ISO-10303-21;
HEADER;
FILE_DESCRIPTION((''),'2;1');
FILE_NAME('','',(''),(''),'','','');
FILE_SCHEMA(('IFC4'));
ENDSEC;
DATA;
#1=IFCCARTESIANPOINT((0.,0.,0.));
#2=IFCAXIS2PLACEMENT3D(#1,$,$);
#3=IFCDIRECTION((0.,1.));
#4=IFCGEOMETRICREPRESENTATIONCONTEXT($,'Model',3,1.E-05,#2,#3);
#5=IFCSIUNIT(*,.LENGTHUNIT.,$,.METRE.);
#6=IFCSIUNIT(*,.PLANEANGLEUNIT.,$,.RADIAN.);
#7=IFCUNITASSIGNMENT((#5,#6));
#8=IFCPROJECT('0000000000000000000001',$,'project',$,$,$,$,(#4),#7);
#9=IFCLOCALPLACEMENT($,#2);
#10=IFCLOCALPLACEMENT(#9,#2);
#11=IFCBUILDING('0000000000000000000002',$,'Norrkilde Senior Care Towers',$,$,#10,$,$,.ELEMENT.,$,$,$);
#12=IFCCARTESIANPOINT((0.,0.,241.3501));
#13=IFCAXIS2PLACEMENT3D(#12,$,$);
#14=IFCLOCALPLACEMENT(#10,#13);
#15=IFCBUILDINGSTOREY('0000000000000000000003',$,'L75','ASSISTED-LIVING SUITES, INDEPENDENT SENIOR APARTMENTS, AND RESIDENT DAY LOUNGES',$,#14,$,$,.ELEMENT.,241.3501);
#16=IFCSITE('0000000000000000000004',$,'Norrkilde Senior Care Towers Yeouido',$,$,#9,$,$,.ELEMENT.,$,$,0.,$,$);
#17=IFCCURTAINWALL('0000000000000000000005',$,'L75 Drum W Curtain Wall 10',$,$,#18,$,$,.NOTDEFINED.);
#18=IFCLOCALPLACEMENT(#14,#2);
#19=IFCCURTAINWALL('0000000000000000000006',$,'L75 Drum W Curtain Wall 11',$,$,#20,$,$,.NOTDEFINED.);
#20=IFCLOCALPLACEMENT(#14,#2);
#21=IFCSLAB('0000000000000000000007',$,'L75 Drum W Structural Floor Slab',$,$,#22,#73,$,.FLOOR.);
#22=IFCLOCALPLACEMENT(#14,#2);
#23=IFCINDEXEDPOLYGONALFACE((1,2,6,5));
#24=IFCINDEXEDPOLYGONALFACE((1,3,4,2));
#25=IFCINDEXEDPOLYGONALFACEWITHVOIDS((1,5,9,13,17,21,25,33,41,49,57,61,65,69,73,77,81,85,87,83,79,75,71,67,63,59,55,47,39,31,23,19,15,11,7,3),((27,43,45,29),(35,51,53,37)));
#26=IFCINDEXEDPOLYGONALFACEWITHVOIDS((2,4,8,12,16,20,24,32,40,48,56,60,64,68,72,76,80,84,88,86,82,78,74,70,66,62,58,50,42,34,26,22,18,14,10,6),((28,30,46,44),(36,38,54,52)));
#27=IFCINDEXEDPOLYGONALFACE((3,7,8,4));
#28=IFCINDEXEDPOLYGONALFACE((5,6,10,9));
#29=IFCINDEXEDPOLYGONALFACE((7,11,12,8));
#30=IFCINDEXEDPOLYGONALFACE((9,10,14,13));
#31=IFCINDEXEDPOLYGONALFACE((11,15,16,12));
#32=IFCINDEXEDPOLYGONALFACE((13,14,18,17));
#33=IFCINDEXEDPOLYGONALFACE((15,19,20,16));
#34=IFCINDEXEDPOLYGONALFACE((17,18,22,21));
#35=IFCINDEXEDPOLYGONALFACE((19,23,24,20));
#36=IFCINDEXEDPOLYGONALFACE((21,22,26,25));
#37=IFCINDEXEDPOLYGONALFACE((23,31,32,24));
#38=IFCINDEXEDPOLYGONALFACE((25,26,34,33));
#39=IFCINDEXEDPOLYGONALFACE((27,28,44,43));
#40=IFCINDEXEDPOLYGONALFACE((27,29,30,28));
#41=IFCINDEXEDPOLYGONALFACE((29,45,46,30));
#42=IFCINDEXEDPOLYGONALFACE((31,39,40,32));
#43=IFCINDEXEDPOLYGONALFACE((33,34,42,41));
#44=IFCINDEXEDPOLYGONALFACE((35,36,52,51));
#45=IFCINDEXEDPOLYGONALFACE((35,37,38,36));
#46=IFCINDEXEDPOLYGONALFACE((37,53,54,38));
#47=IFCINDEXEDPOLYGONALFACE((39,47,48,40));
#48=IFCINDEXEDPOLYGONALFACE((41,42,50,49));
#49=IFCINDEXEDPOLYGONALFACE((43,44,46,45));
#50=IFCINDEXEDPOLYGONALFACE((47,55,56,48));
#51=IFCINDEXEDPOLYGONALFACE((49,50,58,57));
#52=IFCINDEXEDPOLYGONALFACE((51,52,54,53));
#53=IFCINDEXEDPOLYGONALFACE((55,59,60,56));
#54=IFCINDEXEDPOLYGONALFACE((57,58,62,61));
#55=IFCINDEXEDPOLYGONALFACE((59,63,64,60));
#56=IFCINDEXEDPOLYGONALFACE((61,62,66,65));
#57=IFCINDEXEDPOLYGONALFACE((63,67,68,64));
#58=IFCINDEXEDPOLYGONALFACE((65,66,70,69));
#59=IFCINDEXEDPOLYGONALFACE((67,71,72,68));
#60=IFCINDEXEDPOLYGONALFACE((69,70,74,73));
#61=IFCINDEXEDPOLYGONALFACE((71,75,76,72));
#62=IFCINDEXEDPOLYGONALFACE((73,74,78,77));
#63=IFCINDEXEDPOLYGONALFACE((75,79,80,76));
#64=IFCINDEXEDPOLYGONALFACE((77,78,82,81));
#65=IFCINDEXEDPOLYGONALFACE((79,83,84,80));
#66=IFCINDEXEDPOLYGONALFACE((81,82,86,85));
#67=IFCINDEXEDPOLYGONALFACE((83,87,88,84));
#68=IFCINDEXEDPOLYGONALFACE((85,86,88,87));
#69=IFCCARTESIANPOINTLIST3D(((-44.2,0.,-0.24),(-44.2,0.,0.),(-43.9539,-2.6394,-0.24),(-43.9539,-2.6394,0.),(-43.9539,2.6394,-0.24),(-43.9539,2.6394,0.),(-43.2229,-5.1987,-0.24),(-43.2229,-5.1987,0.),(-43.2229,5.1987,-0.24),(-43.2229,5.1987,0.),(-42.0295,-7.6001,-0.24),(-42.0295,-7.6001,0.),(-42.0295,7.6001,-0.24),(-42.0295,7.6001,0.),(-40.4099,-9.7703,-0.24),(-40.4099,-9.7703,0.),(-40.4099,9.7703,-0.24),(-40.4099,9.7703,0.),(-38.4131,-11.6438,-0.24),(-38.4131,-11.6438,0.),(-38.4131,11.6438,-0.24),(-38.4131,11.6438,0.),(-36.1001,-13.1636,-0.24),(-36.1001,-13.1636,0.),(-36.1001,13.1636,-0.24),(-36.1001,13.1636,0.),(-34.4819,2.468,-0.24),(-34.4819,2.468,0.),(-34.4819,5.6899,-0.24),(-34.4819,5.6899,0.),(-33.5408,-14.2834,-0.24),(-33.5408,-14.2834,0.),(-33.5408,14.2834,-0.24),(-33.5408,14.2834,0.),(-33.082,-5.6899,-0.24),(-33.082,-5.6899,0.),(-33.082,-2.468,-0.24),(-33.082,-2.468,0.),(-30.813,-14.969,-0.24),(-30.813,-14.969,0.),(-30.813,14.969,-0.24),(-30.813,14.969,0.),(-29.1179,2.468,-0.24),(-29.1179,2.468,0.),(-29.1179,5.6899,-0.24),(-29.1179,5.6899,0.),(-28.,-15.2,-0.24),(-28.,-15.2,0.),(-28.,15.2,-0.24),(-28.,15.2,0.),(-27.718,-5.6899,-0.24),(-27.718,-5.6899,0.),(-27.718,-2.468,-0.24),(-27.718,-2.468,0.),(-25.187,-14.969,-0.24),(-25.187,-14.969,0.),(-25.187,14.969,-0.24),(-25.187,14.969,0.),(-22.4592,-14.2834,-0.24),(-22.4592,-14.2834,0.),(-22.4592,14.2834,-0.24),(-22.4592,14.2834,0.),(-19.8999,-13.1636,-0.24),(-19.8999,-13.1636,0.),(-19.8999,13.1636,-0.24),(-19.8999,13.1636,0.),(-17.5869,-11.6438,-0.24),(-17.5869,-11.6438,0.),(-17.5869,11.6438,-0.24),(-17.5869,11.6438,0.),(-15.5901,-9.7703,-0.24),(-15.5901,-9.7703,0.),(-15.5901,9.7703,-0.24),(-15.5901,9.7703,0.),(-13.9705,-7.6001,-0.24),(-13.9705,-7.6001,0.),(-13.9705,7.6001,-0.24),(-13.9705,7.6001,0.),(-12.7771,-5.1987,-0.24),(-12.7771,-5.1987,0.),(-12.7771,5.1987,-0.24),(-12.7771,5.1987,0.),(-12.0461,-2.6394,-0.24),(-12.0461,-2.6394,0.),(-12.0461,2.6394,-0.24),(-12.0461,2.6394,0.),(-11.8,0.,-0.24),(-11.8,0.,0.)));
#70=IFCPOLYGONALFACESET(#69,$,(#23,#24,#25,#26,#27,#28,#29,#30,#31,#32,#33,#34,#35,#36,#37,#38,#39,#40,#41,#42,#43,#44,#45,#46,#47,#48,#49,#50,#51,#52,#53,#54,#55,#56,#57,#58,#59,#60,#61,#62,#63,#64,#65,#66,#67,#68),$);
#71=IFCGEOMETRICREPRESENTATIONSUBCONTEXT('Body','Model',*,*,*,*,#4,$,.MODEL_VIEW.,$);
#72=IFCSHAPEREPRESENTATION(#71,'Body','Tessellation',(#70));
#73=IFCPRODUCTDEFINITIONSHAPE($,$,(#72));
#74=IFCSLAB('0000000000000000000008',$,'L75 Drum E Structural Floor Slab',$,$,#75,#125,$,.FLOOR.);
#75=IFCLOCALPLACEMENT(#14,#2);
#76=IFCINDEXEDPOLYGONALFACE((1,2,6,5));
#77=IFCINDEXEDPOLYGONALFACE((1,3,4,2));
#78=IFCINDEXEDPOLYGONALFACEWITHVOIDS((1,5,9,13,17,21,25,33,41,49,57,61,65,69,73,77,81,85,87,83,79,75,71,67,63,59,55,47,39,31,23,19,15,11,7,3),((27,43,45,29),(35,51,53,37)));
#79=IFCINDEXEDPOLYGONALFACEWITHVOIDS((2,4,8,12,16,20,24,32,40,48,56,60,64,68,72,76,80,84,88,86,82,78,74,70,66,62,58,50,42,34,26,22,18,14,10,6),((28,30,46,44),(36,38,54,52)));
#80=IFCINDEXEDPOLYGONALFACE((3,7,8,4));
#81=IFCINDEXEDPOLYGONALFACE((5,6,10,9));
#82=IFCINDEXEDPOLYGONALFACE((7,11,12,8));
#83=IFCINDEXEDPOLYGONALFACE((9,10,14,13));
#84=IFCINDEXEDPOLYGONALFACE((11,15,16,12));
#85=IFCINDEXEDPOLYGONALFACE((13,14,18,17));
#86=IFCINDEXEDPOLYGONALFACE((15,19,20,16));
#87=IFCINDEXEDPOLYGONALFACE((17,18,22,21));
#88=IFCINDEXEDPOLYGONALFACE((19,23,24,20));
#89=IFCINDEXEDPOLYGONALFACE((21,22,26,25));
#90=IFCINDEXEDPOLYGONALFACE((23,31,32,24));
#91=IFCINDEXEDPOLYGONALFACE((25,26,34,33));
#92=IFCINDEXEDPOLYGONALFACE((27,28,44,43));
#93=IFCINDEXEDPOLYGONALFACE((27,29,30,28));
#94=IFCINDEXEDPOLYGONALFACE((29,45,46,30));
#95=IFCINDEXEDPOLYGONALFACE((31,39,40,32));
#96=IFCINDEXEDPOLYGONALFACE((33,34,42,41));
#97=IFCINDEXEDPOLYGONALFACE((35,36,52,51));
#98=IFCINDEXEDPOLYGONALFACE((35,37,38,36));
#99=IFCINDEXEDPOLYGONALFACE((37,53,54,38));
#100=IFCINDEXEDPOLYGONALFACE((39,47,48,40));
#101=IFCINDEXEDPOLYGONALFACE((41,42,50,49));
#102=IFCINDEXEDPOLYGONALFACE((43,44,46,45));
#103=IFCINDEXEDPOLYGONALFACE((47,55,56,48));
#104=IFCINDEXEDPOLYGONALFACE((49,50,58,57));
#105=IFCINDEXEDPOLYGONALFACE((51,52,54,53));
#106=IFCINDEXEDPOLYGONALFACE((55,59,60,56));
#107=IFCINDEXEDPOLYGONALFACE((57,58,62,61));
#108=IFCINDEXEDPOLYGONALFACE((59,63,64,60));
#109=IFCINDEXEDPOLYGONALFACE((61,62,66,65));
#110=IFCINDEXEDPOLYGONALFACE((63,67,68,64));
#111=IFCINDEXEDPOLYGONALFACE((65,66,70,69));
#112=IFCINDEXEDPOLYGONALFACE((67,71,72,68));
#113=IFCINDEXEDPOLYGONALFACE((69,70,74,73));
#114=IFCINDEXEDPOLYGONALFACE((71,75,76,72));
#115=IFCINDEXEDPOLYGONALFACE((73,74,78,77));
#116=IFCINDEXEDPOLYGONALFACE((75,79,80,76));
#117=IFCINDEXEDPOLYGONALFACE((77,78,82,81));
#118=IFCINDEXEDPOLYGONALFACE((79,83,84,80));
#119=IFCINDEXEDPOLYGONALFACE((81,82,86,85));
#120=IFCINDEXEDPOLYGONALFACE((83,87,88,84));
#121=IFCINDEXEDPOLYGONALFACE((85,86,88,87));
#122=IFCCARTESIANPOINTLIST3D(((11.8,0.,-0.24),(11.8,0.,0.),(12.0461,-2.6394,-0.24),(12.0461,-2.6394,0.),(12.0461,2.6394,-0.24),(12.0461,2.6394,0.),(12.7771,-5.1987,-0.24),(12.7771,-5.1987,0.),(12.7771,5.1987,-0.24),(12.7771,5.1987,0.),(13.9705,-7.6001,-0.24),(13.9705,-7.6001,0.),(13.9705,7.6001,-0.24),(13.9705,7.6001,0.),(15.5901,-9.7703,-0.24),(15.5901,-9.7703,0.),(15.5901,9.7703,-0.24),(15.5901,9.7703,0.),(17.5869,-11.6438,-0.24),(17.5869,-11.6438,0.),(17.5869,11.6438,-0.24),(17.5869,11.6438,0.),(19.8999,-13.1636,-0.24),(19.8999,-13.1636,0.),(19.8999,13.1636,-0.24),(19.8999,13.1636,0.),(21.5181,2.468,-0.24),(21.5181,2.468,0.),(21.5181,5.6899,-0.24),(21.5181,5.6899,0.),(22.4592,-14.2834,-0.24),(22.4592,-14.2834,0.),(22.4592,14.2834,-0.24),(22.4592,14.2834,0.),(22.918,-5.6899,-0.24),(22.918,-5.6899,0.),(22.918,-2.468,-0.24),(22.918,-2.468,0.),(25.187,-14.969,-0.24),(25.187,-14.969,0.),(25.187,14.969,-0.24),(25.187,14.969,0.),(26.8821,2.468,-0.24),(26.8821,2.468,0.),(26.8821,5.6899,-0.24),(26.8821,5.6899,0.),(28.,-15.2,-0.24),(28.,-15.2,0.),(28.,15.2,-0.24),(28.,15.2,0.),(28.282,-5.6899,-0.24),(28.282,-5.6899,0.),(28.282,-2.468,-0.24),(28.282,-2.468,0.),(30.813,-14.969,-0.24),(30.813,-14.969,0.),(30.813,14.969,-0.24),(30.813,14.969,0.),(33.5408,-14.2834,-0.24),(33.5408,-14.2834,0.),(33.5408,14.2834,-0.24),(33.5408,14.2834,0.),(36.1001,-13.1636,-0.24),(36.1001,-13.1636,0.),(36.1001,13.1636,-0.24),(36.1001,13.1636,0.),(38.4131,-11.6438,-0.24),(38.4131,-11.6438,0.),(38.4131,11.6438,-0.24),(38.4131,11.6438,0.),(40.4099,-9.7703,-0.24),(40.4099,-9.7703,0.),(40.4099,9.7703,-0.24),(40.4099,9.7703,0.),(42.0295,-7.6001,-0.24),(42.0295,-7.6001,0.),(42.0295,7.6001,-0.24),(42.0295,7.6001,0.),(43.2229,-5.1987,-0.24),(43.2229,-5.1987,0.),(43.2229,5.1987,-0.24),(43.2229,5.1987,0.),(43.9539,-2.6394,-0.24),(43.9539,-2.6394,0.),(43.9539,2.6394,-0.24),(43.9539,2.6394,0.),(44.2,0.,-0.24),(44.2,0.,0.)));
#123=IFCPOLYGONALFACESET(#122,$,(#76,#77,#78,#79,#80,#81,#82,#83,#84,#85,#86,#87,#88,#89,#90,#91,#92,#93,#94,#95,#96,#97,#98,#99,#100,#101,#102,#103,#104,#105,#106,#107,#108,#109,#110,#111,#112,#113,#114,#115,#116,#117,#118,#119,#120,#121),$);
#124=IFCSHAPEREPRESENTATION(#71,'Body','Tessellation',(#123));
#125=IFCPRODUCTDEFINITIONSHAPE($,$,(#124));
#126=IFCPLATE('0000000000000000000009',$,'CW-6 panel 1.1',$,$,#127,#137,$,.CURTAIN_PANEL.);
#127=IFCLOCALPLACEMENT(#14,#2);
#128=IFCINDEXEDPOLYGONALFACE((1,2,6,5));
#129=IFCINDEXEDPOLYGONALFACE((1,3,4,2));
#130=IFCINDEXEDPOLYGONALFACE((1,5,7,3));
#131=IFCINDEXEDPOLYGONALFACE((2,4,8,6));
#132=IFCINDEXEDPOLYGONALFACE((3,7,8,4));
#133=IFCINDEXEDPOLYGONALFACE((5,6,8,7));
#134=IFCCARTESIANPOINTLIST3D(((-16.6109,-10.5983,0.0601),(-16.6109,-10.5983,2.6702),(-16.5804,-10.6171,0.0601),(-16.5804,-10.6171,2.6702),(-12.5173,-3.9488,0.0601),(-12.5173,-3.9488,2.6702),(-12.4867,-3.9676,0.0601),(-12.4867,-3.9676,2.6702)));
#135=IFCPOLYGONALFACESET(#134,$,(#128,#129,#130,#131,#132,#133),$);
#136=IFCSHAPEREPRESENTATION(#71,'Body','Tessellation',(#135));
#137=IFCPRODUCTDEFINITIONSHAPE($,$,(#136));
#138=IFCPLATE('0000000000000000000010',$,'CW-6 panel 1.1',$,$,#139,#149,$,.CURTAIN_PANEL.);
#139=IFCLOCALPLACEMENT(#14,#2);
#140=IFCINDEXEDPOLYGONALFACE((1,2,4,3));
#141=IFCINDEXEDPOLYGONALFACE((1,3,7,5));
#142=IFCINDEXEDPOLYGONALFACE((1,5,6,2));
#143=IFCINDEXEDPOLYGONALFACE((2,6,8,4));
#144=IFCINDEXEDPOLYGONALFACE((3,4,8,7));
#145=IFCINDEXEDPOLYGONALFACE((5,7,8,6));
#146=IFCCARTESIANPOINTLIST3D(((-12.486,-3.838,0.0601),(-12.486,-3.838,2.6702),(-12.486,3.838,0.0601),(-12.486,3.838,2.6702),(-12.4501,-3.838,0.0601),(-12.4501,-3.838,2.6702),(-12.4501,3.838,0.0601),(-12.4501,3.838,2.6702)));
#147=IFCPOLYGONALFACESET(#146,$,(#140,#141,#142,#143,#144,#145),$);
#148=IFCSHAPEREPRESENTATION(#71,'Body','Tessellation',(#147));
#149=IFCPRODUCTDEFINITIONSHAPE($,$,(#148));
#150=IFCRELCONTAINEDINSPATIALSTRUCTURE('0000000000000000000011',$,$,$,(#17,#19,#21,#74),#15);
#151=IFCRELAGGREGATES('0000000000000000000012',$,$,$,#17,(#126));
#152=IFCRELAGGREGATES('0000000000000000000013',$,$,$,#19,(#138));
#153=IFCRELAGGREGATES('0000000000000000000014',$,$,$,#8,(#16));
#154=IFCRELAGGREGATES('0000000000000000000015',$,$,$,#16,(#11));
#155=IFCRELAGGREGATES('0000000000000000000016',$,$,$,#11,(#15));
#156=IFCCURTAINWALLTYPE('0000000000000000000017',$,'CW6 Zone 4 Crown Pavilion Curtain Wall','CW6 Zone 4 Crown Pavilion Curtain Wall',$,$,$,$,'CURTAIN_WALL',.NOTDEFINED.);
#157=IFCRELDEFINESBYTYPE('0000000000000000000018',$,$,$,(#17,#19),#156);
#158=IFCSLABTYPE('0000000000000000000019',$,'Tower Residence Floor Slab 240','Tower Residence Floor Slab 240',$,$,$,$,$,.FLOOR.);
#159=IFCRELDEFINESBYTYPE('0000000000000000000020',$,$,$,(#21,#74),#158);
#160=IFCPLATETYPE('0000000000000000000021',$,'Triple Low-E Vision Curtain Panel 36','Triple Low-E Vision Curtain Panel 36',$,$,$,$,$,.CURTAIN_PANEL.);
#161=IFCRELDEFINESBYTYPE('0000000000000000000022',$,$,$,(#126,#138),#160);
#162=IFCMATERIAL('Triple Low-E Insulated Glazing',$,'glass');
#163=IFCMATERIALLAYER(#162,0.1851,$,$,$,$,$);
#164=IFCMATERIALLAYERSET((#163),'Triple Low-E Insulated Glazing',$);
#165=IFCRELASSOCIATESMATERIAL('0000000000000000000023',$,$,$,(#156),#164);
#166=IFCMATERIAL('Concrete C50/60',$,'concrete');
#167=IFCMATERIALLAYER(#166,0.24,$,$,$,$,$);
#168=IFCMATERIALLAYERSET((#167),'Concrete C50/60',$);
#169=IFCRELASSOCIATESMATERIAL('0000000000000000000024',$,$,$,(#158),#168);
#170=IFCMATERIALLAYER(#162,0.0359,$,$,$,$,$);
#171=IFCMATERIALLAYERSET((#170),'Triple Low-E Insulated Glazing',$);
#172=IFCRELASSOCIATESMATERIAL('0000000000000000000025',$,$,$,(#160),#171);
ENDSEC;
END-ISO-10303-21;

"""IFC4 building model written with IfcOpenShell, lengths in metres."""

from ifc_helpers import new_model, si_unit, direction, frame, origin, origin_2d, place, context, subcontext, project, spatial, polyline, rectangle, outline, extrude, source, transform, mapped, material, layer, layer_set, type_object, type_shapes, element, aggregate, save


model = new_model("IFC4")

# Units and contexts
model_context = context("Model", 3, precision=1e-05, world=origin(), true_north=direction((0.0, 1.0)))
body_context = subcontext(model_context, "Body", "Model", "MODEL_VIEW")
ifc_project = project(units=[si_unit("LENGTHUNIT", "METRE"), si_unit("PLANEANGLEUNIT", "RADIAN")], contexts=[model_context])

# Site, building, storey
site_placement = place(None, origin())
site = spatial("IfcSite", under=ifc_project, at=site_placement, Name="Norrkilde Senior Care Towers Yeouido", CompositionType="ELEMENT", RefElevation=0.0)
building_placement = place(site_placement, origin())
building = spatial("IfcBuilding", under=site, at=building_placement, Name="Norrkilde Senior Care Towers", CompositionType="ELEMENT")
storey_placement = place(building_placement, frame((0.0, 0.0, 241.3501)))
storey = spatial("IfcBuildingStorey", under=building, at=storey_placement, Name="L75", Description="ASSISTED-LIVING SUITES, INDEPENDENT SENIOR APARTMENTS, AND RESIDENT DAY LOUNGES", CompositionType="ELEMENT", Elevation=241.3501)

# Shared definitions
ifc_material_1 = material(Name="Concrete C50/60", Category="concrete")

# Curtain wall
ifc_material_2 = material(Name="Triple Low-E Insulated Glazing", Category="glass")
ifc_layer_1 = layer(ifc_material_2, 0.1851)
ifc_layer_set_1 = layer_set([ifc_layer_1], Name="Triple Low-E Insulated Glazing")
curtain_wall_type = type_object("IfcCurtainWallType", Name="CW6 Zone 4 Crown Pavilion Curtain Wall", Description="CW6 Zone 4 Crown Pavilion Curtain Wall", ElementType="CURTAIN_WALL", PredefinedType="NOTDEFINED", material=ifc_layer_set_1)
curtain_wall_1_placement = place(storey_placement, origin())
curtain_wall_1 = element("IfcCurtainWall", 1, at=curtain_wall_1_placement, inside=storey, type_object=curtain_wall_type, Name="L75 Drum W Curtain Wall 10", PredefinedType="NOTDEFINED")

# Curtain wall
curtain_wall_2_placement = place(storey_placement, origin())
curtain_wall_2 = element("IfcCurtainWall", 2, at=curtain_wall_2_placement, inside=storey, type_object=curtain_wall_type, Name="L75 Drum W Curtain Wall 11", PredefinedType="NOTDEFINED")

# Slabs
ifc_layer_2 = layer(ifc_material_1, 0.24)
ifc_layer_set_2 = layer_set([ifc_layer_2], Name="Concrete C50/60")
slab_type_1 = type_object("IfcSlabType", Name="Tower Residence Floor Slab 240", Description="Tower Residence Floor Slab 240", PredefinedType="FLOOR", material=ifc_layer_set_2)
slab_1_placement = place(storey_placement, frame((0.0, 0.0, -0.24)))
element("IfcSlab", 3, at=slab_1_placement, inside=storey, type_object=slab_type_1, Name="L75 Drum W Structural Floor Slab", PredefinedType="FLOOR", context=body_context, shape_type="SweptSolid", body=[
    extrude(outline(polyline([(-12.7771, -5.1987), (-13.9705, -7.6001), (-15.5901, -9.7703), (-17.5869, -11.6438), (-19.8999, -13.1636), (-22.4592, -14.2834), (-25.187, -14.969), (-28.0, -15.2), (-30.813, -14.969), (-33.5408, -14.2834), (-36.1001, -13.1636), (-38.4131, -11.6438), (-40.4099, -9.7703), (-42.0295, -7.6001), (-43.2229, -5.1987), (-43.9539, -2.6394), (-44.2, 0.0), (-43.9539, 2.6394), (-43.2229, 5.1987), (-42.0295, 7.6001), (-40.4099, 9.7703), (-38.4131, 11.6438), (-36.1001, 13.1636), (-33.5408, 14.2834), (-30.813, 14.969), (-28.0, 15.2), (-25.187, 14.969), (-22.4592, 14.2834), (-19.8999, 13.1636), (-17.5869, 11.6438), (-15.5901, 9.7703), (-13.9705, 7.6001), (-12.7771, 5.1987), (-12.0461, 2.6394), (-11.8, 0.0), (-12.0461, -2.6394), (-12.7771, -5.1987)]), holes=[polyline([(-34.4819, 2.468), (-29.1179, 2.468), (-29.1179, 5.6899), (-34.4819, 5.6899), (-34.4819, 2.468)]), polyline([(-27.718, -5.6899), (-27.718, -2.468), (-33.082, -2.468), (-33.082, -5.6899), (-27.718, -5.6899)])]), origin(), (0.0, 0.0, 1.0), 0.24),
])
slab_2_placement = place(storey_placement, frame((0.0, 0.0, -0.24)))
element("IfcSlab", 4, at=slab_2_placement, inside=storey, type_object=slab_type_1, Name="L75 Drum E Structural Floor Slab", PredefinedType="FLOOR", context=body_context, shape_type="SweptSolid", body=[
    extrude(outline(polyline([(43.2229, -5.1987), (42.0295, -7.6001), (40.4099, -9.7703), (38.4131, -11.6438), (36.1001, -13.1636), (33.5408, -14.2834), (30.813, -14.969), (28.0, -15.2), (25.187, -14.969), (22.4592, -14.2834), (19.8999, -13.1636), (17.5869, -11.6438), (15.5901, -9.7703), (13.9705, -7.6001), (12.7771, -5.1987), (12.0461, -2.6394), (11.8, 0.0), (12.0461, 2.6394), (12.7771, 5.1987), (13.9705, 7.6001), (15.5901, 9.7703), (17.5869, 11.6438), (19.8999, 13.1636), (22.4592, 14.2834), (25.187, 14.969), (28.0, 15.2), (30.813, 14.969), (33.5408, 14.2834), (36.1001, 13.1636), (38.4131, 11.6438), (40.4099, 9.7703), (42.0295, 7.6001), (43.2229, 5.1987), (43.9539, 2.6394), (44.2, 0.0), (43.9539, -2.6394), (43.2229, -5.1987)]), holes=[polyline([(21.5181, 2.468), (26.8821, 2.468), (26.8821, 5.6899), (21.5181, 5.6899), (21.5181, 2.468)]), polyline([(28.282, -5.6899), (28.282, -2.468), (22.918, -2.468), (22.918, -5.6899), (28.282, -5.6899)])]), origin(), (0.0, 0.0, 1.0), 0.24),
])

# Plates
ifc_layer_3 = layer(ifc_material_2, 0.0359)
ifc_layer_set_3 = layer_set([ifc_layer_3], Name="Triple Low-E Insulated Glazing")
plate_type = type_object("IfcPlateType", Name="Triple Low-E Vision Curtain Panel 36", Description="Triple Low-E Vision Curtain Panel 36", PredefinedType="CURTAIN_PANEL", material=ifc_layer_set_3)
shared_shape_1 = source(origin(), body_context, "Body", "SweptSolid", [
    extrude(rectangle(XDim=7.8086, YDim=0.0359, at=origin_2d()), origin(), (0.0, 0.0, 1.0), 2.6101),
])
plate_1_placement = place(storey_placement, frame((-14.5488, -7.283, 0.0601), z_axis=(0.0, 0.0, 1.0), x_axis=(-0.524253, -0.851563, 0.0)))
plate_1 = element("IfcPlate", 5, at=plate_1_placement, type_object=plate_type, Name="CW-6 panel 1.1", PredefinedType="CURTAIN_PANEL", context=body_context, shape_type="MappedRepresentation", body=[
    mapped(shared_shape_1, transform((0.0, 0.0, 0.0), x_axis=(1.0, 0.0, 0.0), y_axis=(0.0, 1.0, 0.0), z_axis=(0.0, 0.0, 1.0), scale=1.0)),
])
aggregate(curtain_wall_1, [plate_1])
shared_shape_2 = source(origin(), body_context, "Body", "SweptSolid", [
    extrude(rectangle(XDim=7.676, YDim=0.0359, at=origin_2d()), origin(), (0.0, 0.0, 1.0), 2.6101),
])
type_shapes(plate_type, [shared_shape_1, shared_shape_2])
plate_2_placement = place(storey_placement, frame((-12.468, 0.0, 0.0601), z_axis=(0.0, 0.0, 1.0), x_axis=(0.0, -1.0, 0.0)))
plate_2 = element("IfcPlate", 6, at=plate_2_placement, type_object=plate_type, Name="CW-6 panel 1.1", PredefinedType="CURTAIN_PANEL", context=body_context, shape_type="MappedRepresentation", body=[
    mapped(shared_shape_2, transform((0.0, 0.0, 0.0), x_axis=(1.0, 0.0, 0.0), y_axis=(0.0, 1.0, 0.0), z_axis=(0.0, 0.0, 1.0), scale=1.0)),
])
aggregate(curtain_wall_2, [plate_2])

save(model, "model.ifc")
